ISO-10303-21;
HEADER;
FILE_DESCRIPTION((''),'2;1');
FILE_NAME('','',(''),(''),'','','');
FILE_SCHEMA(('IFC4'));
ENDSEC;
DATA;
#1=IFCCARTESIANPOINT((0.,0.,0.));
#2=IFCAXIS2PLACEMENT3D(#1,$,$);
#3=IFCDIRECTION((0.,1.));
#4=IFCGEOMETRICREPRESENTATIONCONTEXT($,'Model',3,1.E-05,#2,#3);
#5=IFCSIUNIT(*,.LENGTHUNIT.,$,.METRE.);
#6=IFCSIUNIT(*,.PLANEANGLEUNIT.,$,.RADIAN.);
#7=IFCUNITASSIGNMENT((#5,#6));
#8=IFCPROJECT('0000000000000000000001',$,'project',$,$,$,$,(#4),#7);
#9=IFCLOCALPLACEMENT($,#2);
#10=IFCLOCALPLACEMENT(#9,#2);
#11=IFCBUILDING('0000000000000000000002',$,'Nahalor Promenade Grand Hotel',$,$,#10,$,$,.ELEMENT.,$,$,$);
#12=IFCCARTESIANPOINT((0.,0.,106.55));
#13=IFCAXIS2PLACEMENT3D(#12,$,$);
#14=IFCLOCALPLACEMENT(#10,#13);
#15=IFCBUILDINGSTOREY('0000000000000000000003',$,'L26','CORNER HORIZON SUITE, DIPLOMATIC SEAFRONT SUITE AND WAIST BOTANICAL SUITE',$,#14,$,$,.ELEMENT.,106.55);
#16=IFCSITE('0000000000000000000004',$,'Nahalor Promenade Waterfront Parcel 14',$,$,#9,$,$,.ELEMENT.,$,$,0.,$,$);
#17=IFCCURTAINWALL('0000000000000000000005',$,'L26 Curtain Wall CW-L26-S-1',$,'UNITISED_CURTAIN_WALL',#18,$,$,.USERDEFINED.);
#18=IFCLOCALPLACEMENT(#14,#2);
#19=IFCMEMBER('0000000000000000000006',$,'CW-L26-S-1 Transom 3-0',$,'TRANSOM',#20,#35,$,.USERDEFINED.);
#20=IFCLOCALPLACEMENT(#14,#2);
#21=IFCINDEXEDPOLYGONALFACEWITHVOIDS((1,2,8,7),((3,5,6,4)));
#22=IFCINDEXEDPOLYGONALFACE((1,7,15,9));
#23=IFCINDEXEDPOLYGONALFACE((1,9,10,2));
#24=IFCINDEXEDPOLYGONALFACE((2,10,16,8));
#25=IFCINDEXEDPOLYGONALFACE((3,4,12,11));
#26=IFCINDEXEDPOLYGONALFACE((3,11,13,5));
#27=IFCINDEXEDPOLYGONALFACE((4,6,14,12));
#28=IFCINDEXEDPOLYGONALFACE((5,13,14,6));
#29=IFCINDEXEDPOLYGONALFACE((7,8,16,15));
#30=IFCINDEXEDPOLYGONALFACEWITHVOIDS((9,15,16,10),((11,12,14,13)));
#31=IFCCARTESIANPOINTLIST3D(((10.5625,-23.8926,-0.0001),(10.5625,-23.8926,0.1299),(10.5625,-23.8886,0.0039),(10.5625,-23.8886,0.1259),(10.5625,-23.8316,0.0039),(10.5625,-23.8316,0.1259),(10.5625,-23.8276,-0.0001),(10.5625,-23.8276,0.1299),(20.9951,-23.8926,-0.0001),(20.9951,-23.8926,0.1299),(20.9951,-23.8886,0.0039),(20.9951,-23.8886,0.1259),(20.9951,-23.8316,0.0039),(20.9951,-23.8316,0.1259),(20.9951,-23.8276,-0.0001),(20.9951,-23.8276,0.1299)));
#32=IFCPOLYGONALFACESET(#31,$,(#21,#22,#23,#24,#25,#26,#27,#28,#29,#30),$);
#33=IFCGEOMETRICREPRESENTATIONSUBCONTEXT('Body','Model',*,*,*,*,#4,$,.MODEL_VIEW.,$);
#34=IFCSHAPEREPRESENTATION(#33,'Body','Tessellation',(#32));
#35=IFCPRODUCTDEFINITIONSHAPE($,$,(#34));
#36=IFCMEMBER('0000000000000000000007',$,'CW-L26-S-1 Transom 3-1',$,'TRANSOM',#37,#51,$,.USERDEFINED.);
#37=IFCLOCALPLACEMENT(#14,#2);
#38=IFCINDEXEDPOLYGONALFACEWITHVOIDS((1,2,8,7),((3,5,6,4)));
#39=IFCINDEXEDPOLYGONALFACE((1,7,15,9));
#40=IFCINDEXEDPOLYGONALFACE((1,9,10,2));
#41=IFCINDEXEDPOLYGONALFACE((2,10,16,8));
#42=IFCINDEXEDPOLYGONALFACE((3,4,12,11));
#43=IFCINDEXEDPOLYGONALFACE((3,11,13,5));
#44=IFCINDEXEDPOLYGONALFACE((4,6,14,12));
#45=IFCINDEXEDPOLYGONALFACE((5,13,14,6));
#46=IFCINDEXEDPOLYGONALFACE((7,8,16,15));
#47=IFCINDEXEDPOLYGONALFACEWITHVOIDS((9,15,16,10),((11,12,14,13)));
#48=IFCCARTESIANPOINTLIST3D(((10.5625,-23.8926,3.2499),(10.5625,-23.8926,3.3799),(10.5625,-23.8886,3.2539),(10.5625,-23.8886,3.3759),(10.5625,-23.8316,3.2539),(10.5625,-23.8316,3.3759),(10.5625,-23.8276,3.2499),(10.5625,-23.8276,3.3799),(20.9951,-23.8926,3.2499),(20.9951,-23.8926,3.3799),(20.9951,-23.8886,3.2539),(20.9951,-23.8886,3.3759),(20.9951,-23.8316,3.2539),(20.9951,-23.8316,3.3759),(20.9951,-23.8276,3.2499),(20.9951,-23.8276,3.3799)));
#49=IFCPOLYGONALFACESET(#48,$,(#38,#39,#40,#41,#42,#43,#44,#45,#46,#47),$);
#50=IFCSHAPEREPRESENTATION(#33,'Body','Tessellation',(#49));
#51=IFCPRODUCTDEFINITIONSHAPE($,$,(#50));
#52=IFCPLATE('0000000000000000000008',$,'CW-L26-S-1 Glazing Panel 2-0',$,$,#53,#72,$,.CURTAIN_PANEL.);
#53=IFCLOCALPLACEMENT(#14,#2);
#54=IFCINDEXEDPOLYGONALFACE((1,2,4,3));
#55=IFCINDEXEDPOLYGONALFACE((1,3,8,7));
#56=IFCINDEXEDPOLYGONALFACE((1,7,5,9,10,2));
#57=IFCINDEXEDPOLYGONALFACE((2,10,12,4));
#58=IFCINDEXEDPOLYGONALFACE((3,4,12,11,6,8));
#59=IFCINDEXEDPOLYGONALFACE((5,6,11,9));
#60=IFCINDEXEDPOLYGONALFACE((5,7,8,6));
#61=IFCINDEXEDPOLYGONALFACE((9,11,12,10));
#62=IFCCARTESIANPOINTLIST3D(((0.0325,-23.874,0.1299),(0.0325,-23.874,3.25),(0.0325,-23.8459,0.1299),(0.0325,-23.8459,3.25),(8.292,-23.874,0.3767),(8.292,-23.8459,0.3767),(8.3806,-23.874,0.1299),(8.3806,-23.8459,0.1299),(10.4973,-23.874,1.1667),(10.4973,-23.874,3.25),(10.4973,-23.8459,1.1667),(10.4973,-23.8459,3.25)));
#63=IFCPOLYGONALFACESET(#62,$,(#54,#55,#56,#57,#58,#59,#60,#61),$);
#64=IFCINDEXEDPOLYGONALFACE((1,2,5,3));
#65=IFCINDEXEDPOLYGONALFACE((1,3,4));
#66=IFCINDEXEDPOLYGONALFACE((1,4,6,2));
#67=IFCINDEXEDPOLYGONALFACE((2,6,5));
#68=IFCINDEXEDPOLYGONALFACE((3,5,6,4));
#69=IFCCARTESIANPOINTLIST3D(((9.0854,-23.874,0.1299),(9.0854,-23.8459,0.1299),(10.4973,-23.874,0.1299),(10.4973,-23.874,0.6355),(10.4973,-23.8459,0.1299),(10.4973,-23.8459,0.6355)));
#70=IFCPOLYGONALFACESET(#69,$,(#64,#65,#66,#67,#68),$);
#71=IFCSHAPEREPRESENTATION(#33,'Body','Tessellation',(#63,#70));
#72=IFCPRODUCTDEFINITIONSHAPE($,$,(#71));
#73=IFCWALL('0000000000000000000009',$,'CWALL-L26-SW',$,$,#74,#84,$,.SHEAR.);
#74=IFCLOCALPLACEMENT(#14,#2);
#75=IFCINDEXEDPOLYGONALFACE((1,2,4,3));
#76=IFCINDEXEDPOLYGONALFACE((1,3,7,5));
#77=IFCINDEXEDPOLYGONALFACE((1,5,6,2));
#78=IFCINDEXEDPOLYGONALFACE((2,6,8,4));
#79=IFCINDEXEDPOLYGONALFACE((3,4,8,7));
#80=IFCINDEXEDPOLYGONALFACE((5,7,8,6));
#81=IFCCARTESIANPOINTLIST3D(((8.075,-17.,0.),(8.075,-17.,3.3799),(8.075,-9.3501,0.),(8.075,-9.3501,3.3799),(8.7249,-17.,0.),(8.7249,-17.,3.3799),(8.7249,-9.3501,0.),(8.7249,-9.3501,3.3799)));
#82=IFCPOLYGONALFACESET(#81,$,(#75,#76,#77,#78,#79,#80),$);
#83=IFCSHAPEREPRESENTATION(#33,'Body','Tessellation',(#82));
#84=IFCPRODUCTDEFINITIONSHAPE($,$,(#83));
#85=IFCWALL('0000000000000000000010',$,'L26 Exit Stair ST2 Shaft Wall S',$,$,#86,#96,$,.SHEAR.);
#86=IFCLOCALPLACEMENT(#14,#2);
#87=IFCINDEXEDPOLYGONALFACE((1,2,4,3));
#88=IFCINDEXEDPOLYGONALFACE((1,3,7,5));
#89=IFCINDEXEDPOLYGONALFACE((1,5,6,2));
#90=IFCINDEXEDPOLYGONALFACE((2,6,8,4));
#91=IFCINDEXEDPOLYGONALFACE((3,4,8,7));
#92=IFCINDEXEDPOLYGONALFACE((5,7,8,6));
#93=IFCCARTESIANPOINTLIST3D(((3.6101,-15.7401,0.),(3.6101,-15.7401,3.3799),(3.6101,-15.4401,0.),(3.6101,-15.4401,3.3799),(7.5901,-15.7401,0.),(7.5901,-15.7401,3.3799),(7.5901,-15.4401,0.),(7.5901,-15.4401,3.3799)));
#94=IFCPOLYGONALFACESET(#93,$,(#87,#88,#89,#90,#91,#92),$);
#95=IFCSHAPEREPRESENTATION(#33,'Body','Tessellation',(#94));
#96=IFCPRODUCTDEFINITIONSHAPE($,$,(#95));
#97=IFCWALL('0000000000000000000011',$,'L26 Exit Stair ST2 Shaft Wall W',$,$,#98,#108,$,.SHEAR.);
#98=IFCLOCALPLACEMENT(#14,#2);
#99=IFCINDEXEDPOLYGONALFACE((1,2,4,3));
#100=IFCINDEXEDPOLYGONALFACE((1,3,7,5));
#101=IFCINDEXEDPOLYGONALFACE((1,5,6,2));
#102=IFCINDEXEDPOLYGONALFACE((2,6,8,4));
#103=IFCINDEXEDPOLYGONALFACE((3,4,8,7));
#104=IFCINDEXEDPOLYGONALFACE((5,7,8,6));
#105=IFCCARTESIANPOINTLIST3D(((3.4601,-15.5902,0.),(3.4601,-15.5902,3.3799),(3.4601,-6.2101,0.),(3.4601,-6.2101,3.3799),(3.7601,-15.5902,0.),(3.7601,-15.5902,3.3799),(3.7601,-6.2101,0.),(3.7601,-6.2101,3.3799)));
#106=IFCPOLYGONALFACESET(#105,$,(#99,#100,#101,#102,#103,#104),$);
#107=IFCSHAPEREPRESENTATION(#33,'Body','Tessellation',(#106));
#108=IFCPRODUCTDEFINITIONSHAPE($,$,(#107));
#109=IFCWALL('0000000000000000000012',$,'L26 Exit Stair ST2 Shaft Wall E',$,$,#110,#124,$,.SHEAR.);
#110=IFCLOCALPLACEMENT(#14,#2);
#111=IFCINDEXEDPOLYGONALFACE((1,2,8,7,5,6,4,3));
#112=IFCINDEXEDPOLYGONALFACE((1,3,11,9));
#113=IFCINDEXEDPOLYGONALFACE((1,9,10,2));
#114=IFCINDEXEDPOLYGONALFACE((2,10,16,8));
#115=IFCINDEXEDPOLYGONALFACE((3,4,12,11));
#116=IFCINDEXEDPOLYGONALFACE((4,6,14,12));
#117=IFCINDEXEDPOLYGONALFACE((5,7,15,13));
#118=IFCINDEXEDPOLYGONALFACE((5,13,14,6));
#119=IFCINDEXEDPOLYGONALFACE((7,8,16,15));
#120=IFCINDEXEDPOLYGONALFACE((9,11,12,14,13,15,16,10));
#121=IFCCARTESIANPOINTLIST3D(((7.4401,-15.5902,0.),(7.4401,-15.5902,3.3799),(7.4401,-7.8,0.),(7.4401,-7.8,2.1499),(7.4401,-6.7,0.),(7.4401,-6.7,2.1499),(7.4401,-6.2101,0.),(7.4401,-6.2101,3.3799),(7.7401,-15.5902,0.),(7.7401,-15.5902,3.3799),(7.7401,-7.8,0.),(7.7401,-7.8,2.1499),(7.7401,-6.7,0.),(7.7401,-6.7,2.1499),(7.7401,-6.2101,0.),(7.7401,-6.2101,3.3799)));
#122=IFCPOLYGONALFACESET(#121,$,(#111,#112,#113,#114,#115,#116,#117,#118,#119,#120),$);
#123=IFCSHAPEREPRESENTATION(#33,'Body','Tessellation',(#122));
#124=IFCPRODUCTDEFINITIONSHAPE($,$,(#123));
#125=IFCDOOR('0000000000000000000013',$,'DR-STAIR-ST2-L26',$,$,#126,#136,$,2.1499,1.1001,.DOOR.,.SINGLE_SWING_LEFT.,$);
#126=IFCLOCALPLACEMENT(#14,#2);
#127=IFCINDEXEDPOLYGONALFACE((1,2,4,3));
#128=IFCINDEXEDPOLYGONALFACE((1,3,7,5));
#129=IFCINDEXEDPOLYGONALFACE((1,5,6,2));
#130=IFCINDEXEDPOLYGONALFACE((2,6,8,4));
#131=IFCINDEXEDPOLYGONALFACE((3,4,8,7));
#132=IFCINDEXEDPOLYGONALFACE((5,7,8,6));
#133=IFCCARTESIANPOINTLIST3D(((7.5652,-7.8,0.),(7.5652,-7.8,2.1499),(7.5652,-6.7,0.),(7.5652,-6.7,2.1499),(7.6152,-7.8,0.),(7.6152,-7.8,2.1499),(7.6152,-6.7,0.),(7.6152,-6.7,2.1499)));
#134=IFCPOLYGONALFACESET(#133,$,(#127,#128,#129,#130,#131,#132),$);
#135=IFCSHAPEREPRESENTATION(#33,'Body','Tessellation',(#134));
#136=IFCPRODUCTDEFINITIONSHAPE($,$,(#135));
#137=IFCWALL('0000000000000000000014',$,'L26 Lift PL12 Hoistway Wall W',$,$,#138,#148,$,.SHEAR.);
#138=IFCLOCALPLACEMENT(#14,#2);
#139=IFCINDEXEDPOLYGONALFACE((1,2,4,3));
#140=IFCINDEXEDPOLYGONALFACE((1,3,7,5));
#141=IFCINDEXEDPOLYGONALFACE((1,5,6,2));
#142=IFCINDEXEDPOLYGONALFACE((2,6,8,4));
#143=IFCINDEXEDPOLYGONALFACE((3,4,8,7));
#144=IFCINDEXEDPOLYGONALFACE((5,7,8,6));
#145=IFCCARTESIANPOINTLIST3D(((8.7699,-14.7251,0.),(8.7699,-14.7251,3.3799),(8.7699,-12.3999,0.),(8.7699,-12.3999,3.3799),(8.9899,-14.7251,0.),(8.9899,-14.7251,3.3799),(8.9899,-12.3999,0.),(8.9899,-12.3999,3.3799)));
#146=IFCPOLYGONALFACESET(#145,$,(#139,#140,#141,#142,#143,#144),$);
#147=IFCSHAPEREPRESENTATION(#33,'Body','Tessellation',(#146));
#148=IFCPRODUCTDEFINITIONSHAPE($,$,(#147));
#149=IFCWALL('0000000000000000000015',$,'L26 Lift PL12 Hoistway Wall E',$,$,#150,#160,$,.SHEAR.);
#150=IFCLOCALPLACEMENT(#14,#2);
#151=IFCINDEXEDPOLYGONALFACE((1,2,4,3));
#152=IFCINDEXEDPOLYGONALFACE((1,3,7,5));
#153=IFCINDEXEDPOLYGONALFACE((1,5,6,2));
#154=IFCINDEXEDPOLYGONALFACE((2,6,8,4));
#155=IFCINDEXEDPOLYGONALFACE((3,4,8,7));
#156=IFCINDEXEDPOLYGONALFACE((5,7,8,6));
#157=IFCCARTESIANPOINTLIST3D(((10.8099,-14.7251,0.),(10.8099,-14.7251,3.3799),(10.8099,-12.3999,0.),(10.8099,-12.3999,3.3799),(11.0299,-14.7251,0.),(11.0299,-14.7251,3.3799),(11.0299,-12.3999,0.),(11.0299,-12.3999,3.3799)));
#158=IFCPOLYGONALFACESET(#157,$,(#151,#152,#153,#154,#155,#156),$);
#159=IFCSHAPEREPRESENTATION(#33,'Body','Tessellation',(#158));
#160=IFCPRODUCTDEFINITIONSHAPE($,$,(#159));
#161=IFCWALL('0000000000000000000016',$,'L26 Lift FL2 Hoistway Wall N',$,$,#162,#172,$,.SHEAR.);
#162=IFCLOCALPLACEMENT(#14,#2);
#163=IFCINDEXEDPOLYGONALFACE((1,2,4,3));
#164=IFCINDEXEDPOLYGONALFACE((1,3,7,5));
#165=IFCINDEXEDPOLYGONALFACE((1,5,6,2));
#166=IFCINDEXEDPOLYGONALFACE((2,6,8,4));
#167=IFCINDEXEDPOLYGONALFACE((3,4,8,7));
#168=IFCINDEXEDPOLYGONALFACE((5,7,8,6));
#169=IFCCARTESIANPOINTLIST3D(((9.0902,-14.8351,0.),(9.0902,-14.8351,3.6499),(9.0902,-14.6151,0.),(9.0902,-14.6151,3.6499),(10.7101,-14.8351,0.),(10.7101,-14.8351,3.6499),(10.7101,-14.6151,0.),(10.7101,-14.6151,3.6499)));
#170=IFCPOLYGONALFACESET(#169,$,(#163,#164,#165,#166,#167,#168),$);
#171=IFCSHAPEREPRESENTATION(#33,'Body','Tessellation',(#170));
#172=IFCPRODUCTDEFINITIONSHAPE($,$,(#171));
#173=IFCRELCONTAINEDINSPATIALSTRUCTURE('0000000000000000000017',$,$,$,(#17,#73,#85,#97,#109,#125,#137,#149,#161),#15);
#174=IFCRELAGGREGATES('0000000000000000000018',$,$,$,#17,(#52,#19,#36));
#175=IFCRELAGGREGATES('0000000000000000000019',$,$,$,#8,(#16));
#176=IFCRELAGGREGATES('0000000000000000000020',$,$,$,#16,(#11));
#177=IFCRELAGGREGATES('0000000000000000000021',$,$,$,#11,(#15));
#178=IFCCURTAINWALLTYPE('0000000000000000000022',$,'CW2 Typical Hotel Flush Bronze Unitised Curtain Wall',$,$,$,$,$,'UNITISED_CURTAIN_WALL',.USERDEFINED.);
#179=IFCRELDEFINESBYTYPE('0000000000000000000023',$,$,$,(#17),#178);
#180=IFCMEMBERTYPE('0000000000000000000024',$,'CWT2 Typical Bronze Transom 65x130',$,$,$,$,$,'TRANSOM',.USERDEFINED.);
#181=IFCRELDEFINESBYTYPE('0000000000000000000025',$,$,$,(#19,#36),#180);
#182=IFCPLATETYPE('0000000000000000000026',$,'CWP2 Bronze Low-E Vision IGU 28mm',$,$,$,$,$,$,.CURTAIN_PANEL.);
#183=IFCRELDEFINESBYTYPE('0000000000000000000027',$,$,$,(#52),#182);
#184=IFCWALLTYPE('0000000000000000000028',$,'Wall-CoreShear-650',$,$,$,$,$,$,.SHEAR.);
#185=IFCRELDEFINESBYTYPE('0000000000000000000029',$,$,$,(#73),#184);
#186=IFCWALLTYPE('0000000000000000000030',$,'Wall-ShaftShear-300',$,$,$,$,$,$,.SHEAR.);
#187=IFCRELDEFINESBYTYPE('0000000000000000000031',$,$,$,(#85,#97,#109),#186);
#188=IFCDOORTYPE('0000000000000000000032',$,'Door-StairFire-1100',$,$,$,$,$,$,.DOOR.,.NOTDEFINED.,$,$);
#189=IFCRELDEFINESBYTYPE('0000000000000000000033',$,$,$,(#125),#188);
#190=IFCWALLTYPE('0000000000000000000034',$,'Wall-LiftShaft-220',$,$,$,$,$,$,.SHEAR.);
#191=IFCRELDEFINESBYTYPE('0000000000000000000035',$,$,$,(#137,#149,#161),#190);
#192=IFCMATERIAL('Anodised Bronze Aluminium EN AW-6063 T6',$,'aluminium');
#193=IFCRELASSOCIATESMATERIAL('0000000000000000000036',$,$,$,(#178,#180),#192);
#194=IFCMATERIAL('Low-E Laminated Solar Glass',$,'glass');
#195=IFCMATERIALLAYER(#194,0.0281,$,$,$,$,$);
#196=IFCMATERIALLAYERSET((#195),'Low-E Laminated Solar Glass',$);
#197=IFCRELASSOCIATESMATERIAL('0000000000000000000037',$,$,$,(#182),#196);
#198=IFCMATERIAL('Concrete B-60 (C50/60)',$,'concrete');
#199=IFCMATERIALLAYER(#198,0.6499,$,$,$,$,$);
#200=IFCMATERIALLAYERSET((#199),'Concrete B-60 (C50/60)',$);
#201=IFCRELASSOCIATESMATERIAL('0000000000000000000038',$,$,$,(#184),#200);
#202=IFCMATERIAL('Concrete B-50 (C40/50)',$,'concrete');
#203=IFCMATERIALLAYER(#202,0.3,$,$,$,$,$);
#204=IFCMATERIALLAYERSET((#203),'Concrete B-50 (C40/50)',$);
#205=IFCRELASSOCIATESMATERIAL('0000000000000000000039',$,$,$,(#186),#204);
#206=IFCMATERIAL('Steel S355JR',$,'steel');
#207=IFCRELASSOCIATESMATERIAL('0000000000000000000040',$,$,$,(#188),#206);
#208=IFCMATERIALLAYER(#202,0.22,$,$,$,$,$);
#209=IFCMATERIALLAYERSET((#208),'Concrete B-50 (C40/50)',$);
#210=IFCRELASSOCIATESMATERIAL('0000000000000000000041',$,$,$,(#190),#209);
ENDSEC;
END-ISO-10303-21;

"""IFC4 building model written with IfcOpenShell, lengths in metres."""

from ifc_helpers import new_model, si_unit, direction, frame, frame_2d, origin, origin_2d, place, context, subcontext, project, spatial, polyline, rectangle, hollow_rectangle, outline, extrude, source, transform, mapped, material, layer, layer_set, material_profile, profile_set, type_object, element, fill, aggregate, save


model = new_model("IFC4")

# Units and contexts
model_context = context("Model", 3, precision=1e-05, world=origin(), true_north=direction((0.0, 1.0)))
body_context = subcontext(model_context, "Body", "Model", "MODEL_VIEW")
ifc_project = project(units=[si_unit("LENGTHUNIT", "METRE"), si_unit("PLANEANGLEUNIT", "RADIAN")], contexts=[model_context])

# Site, building, storey
site_placement = place(None, origin())
site = spatial("IfcSite", under=ifc_project, at=site_placement, Name="Nahalor Promenade Waterfront Parcel 14", CompositionType="ELEMENT", RefElevation=0.0)
building_placement = place(site_placement, origin())
building = spatial("IfcBuilding", under=site, at=building_placement, Name="Nahalor Promenade Grand Hotel", CompositionType="ELEMENT")
storey_placement = place(building_placement, frame((0.0, 0.0, 106.55)))
storey = spatial("IfcBuildingStorey", under=building, at=storey_placement, Name="L26", Description="CORNER HORIZON SUITE, DIPLOMATIC SEAFRONT SUITE AND WAIST BOTANICAL SUITE", CompositionType="ELEMENT", Elevation=106.55)

# Shared definitions
ifc_material_1 = material(Name="Concrete B-60 (C50/60)", Category="concrete")

# Shared definitions
ifc_material_2 = material(Name="Steel S355JR", Category="steel")

# Curtain wall, members, plate
ifc_material_3 = material(Name="Anodised Bronze Aluminium EN AW-6063 T6", Category="aluminium")
curtain_wall_type = type_object("IfcCurtainWallType", Name="CW2 Typical Hotel Flush Bronze Unitised Curtain Wall", ElementType="UNITISED_CURTAIN_WALL", PredefinedType="USERDEFINED", material=ifc_material_3)
curtain_wall_placement = place(storey_placement, origin())
curtain_wall = element("IfcCurtainWall", 1, at=curtain_wall_placement, inside=storey, type_object=curtain_wall_type, Name="L26 Curtain Wall CW-L26-S-1", ObjectType="UNITISED_CURTAIN_WALL", PredefinedType="USERDEFINED")
ifc_material_profile_1 = material_profile(ifc_material_3, hollow_rectangle(XDim=0.065, YDim=0.13, WallThickness=0.004, at=origin_2d()), Name="CWT 65x130x4")
ifc_profile_set_1 = profile_set([ifc_material_profile_1], Name="Anodised Bronze Aluminium EN AW-6063 T6")
member_type_1 = type_object("IfcMemberType", Name="CWT2 Typical Bronze Transom 65x130", ElementType="TRANSOM", PredefinedType="USERDEFINED", material=ifc_profile_set_1)
shared_shape_1 = source(origin(), body_context, "Body", "SweptSolid", [
    extrude(hollow_rectangle(XDim=0.065, YDim=0.13, WallThickness=0.004, at=origin_2d()), origin(), (0.0, 0.0, 1.0), 10.4326),
])
member_1_placement = place(storey_placement, frame((10.5625, -23.8601, 0.0649), z_axis=(1.0, 0.0, 0.0), x_axis=(0.0, 1.0, 0.0)))
member_1 = element("IfcMember", 2, at=member_1_placement, type_object=member_type_1, Name="CW-L26-S-1 Transom 3-0", ObjectType="TRANSOM", PredefinedType="USERDEFINED", context=body_context, shape_type="MappedRepresentation", body=[
    mapped(shared_shape_1, transform((0.0, 0.0, 0.0), scale=1.0)),
])
member_2_placement = place(storey_placement, frame((10.5625, -23.8601, 3.3149), z_axis=(1.0, 0.0, 0.0), x_axis=(0.0, 1.0, 0.0)))
member_2 = element("IfcMember", 3, at=member_2_placement, type_object=member_type_1, Name="CW-L26-S-1 Transom 3-1", ObjectType="TRANSOM", PredefinedType="USERDEFINED", context=body_context, shape_type="MappedRepresentation", body=[
    mapped(shared_shape_1, transform((0.0, 0.0, 0.0), scale=1.0)),
])
ifc_material_4 = material(Name="Low-E Laminated Solar Glass", Category="glass")
ifc_layer_1 = layer(ifc_material_4, 0.0281)
ifc_layer_set_1 = layer_set([ifc_layer_1], Name="Low-E Laminated Solar Glass")
plate_type = type_object("IfcPlateType", Name="CWP2 Bronze Low-E Vision IGU 28mm", PredefinedType="CURTAIN_PANEL", material=ifc_layer_set_1)
plate_placement = place(storey_placement, frame((5.2649, -23.8601, 0.1299), z_axis=(0.0, 0.0, 1.0), x_axis=(1.0, 0.0, 0.0)))
plate = element("IfcPlate", 4, at=plate_placement, type_object=plate_type, Name="CW-L26-S-1 Glazing Panel 2-0", PredefinedType="CURTAIN_PANEL", context=body_context, shape_type="SweptSolid", body=[
    extrude(outline(polyline([(-5.2324, 3.1201), (-5.2324, 0.0), (3.1157, 0.0), (3.0271, 0.2468), (5.2324, 1.0369), (5.2324, 3.1201), (-5.2324, 3.1201)])), frame((0.0, 0.0142, 0.0), z_axis=(0.0, -1.0, 0.0), x_axis=(1.0, 0.0, 0.0)), (0.0, 0.0, 1.0), 0.0281),
    extrude(outline(polyline([(3.8206, 0.0), (5.2324, 0.0), (5.2324, 0.5056), (3.8206, 0.0)])), frame((0.0, 0.0142, 0.0), z_axis=(0.0, -1.0, 0.0), x_axis=(1.0, 0.0, 0.0)), (0.0, 0.0, 1.0), 0.0281),
])
aggregate(curtain_wall, [plate, member_1, member_2])

# Walls
ifc_layer_2 = layer(ifc_material_1, 0.6499)
ifc_layer_set_2 = layer_set([ifc_layer_2], Name="Concrete B-60 (C50/60)")
wall_type_1 = type_object("IfcWallType", Name="Wall-CoreShear-650", PredefinedType="SHEAR", material=ifc_layer_set_2)
shared_shape_2 = source(origin(), body_context, "Body", "SweptSolid", [
    extrude(rectangle(XDim=7.6499, YDim=0.6499, at=frame_2d((3.825, 0.0))), origin(), (0.0, 0.0, 1.0), 3.3799),
])
wall_1_placement = place(storey_placement, frame((8.3999, -17.0, 0.0), z_axis=(0.0, 0.0, 1.0), x_axis=(0.0, 1.0, 0.0)))
element("IfcWall", 5, at=wall_1_placement, inside=storey, type_object=wall_type_1, Name="CWALL-L26-SW", PredefinedType="SHEAR", context=body_context, shape_type="MappedRepresentation", body=[
    mapped(shared_shape_2, transform((0.0, 0.0, 0.0), scale=1.0)),
])
ifc_material_5 = material(Name="Concrete B-50 (C40/50)", Category="concrete")
ifc_layer_3 = layer(ifc_material_5, 0.3)
ifc_layer_set_3 = layer_set([ifc_layer_3], Name="Concrete B-50 (C40/50)")
wall_type_2 = type_object("IfcWallType", Name="Wall-ShaftShear-300", PredefinedType="SHEAR", material=ifc_layer_set_3)
shared_shape_3 = source(origin(), body_context, "Body", "SweptSolid", [
    extrude(rectangle(XDim=3.98, YDim=0.3, at=frame_2d((1.99, 0.0))), origin(), (0.0, 0.0, 1.0), 3.3799),
])
wall_2_placement = place(storey_placement, frame((3.6101, -15.5901, 0.0), z_axis=(0.0, 0.0, 1.0), x_axis=(1.0, 0.0, 0.0)))
element("IfcWall", 6, at=wall_2_placement, inside=storey, type_object=wall_type_2, Name="L26 Exit Stair ST2 Shaft Wall S", PredefinedType="SHEAR", context=body_context, shape_type="MappedRepresentation", body=[
    mapped(shared_shape_3, transform((0.0, 0.0, 0.0), scale=1.0)),
])
shared_shape_4 = source(origin(), body_context, "Body", "SweptSolid", [
    extrude(rectangle(XDim=9.3801, YDim=0.3, at=frame_2d((4.6899, 0.0))), origin(), (0.0, 0.0, 1.0), 3.3799),
])
wall_3_placement = place(storey_placement, frame((3.6101, -15.5901, 0.0), z_axis=(0.0, 0.0, 1.0), x_axis=(0.0, 1.0, 0.0)))
element("IfcWall", 7, at=wall_3_placement, inside=storey, type_object=wall_type_2, Name="L26 Exit Stair ST2 Shaft Wall W", PredefinedType="SHEAR", context=body_context, shape_type="MappedRepresentation", body=[
    mapped(shared_shape_4, transform((0.0, 0.0, 0.0), scale=1.0)),
])

# Wall, opening, door
wall_4_placement = place(storey_placement, frame((7.5901, -15.5901, 0.0), z_axis=(0.0, 0.0, 1.0), x_axis=(0.0, 1.0, 0.0)))
wall_4 = element("IfcWall", 8, at=wall_4_placement, inside=storey, type_object=wall_type_2, Name="L26 Exit Stair ST2 Shaft Wall E", PredefinedType="SHEAR", context=body_context, shape_type="MappedRepresentation", body=[
    mapped(shared_shape_4, transform((0.0, 0.0, 0.0), scale=1.0)),
])
opening_1_placement = place(wall_4_placement, frame((7.79, 0.0, 0.0)))
opening_1 = element("IfcOpeningElement", 9, at=opening_1_placement, cuts=wall_4, PredefinedType="OPENING", context=body_context, shape_type="SweptSolid", body=[
    extrude(rectangle(XDim=1.1001, YDim=2.1499, at=frame_2d((0.55, 1.075))), frame((0.0, 0.1599, 0.0), z_axis=(0.0, -1.0, 0.0), x_axis=(1.0, 0.0, 0.0)), (0.0, 0.0, 1.0), 0.3201),
])
door_type_1 = type_object("IfcDoorType", Name="Door-StairFire-1100", OperationType="NOTDEFINED", PredefinedType="DOOR", material=ifc_material_2)
shared_shape_5 = source(origin(), body_context, "Body", "SweptSolid", [
    extrude(rectangle(XDim=1.1001, YDim=2.1499, at=frame_2d((0.55, 1.075))), frame((0.0, 0.0249, 0.0), z_axis=(0.0, -1.0, 0.0), x_axis=(1.0, 0.0, 0.0)), (0.0, 0.0, 1.0), 0.05),
])
door_1_placement = place(opening_1_placement, origin())
door_1 = element("IfcDoor", 10, at=door_1_placement, inside=storey, type_object=door_type_1, Name="DR-STAIR-ST2-L26", OperationType="SINGLE_SWING_LEFT", OverallHeight=2.1499, OverallWidth=1.1001, PredefinedType="DOOR", context=body_context, shape_type="MappedRepresentation", body=[
    mapped(shared_shape_5, transform((0.0, 0.0, 0.0), scale=1.0)),
])
fill(opening_1, door_1)

# Walls
ifc_layer_4 = layer(ifc_material_5, 0.22)
ifc_layer_set_4 = layer_set([ifc_layer_4], Name="Concrete B-50 (C40/50)")
wall_type_3 = type_object("IfcWallType", Name="Wall-LiftShaft-220", PredefinedType="SHEAR", material=ifc_layer_set_4)
shared_shape_6 = source(origin(), body_context, "Body", "SweptSolid", [
    extrude(rectangle(XDim=2.3252, YDim=0.22, at=frame_2d((1.1626, 0.0))), origin(), (0.0, 0.0, 1.0), 3.3799),
])
for number, where, z_axis, x_axis, name in (
    (11, (8.8799, -14.7251, 0.0), (0.0, 0.0, 1.0), (0.0, 1.0, 0.0), "L26 Lift PL12 Hoistway Wall W"),
    (12, (10.9199, -14.7251, 0.0), (0.0, 0.0, 1.0), (0.0, 1.0, 0.0), "L26 Lift PL12 Hoistway Wall E"),
):
    element("IfcWall", number, at=place(storey_placement, frame(where, z_axis=z_axis, x_axis=x_axis)), inside=storey, type_object=wall_type_3, Name=name, PredefinedType="SHEAR", context=body_context, shape_type="MappedRepresentation", body=[
        mapped(shared_shape_6, transform((0.0, 0.0, 0.0), scale=1.0)),
    ])
shared_shape_7 = source(origin(), body_context, "Body", "SweptSolid", [
    extrude(rectangle(XDim=1.6199, YDim=0.22, at=frame_2d((0.8101, 0.0))), origin(), (0.0, 0.0, 1.0), 3.6499),
])
wall_5_placement = place(storey_placement, frame((9.0901, -14.7251, 0.0), z_axis=(0.0, 0.0, 1.0), x_axis=(1.0, 0.0, 0.0)))
element("IfcWall", 13, at=wall_5_placement, inside=storey, type_object=wall_type_3, Name="L26 Lift FL2 Hoistway Wall N", PredefinedType="SHEAR", context=body_context, shape_type="MappedRepresentation", body=[
    mapped(shared_shape_7, transform((0.0, 0.0, 0.0), scale=1.0)),
])

save(model, "model.ifc")
